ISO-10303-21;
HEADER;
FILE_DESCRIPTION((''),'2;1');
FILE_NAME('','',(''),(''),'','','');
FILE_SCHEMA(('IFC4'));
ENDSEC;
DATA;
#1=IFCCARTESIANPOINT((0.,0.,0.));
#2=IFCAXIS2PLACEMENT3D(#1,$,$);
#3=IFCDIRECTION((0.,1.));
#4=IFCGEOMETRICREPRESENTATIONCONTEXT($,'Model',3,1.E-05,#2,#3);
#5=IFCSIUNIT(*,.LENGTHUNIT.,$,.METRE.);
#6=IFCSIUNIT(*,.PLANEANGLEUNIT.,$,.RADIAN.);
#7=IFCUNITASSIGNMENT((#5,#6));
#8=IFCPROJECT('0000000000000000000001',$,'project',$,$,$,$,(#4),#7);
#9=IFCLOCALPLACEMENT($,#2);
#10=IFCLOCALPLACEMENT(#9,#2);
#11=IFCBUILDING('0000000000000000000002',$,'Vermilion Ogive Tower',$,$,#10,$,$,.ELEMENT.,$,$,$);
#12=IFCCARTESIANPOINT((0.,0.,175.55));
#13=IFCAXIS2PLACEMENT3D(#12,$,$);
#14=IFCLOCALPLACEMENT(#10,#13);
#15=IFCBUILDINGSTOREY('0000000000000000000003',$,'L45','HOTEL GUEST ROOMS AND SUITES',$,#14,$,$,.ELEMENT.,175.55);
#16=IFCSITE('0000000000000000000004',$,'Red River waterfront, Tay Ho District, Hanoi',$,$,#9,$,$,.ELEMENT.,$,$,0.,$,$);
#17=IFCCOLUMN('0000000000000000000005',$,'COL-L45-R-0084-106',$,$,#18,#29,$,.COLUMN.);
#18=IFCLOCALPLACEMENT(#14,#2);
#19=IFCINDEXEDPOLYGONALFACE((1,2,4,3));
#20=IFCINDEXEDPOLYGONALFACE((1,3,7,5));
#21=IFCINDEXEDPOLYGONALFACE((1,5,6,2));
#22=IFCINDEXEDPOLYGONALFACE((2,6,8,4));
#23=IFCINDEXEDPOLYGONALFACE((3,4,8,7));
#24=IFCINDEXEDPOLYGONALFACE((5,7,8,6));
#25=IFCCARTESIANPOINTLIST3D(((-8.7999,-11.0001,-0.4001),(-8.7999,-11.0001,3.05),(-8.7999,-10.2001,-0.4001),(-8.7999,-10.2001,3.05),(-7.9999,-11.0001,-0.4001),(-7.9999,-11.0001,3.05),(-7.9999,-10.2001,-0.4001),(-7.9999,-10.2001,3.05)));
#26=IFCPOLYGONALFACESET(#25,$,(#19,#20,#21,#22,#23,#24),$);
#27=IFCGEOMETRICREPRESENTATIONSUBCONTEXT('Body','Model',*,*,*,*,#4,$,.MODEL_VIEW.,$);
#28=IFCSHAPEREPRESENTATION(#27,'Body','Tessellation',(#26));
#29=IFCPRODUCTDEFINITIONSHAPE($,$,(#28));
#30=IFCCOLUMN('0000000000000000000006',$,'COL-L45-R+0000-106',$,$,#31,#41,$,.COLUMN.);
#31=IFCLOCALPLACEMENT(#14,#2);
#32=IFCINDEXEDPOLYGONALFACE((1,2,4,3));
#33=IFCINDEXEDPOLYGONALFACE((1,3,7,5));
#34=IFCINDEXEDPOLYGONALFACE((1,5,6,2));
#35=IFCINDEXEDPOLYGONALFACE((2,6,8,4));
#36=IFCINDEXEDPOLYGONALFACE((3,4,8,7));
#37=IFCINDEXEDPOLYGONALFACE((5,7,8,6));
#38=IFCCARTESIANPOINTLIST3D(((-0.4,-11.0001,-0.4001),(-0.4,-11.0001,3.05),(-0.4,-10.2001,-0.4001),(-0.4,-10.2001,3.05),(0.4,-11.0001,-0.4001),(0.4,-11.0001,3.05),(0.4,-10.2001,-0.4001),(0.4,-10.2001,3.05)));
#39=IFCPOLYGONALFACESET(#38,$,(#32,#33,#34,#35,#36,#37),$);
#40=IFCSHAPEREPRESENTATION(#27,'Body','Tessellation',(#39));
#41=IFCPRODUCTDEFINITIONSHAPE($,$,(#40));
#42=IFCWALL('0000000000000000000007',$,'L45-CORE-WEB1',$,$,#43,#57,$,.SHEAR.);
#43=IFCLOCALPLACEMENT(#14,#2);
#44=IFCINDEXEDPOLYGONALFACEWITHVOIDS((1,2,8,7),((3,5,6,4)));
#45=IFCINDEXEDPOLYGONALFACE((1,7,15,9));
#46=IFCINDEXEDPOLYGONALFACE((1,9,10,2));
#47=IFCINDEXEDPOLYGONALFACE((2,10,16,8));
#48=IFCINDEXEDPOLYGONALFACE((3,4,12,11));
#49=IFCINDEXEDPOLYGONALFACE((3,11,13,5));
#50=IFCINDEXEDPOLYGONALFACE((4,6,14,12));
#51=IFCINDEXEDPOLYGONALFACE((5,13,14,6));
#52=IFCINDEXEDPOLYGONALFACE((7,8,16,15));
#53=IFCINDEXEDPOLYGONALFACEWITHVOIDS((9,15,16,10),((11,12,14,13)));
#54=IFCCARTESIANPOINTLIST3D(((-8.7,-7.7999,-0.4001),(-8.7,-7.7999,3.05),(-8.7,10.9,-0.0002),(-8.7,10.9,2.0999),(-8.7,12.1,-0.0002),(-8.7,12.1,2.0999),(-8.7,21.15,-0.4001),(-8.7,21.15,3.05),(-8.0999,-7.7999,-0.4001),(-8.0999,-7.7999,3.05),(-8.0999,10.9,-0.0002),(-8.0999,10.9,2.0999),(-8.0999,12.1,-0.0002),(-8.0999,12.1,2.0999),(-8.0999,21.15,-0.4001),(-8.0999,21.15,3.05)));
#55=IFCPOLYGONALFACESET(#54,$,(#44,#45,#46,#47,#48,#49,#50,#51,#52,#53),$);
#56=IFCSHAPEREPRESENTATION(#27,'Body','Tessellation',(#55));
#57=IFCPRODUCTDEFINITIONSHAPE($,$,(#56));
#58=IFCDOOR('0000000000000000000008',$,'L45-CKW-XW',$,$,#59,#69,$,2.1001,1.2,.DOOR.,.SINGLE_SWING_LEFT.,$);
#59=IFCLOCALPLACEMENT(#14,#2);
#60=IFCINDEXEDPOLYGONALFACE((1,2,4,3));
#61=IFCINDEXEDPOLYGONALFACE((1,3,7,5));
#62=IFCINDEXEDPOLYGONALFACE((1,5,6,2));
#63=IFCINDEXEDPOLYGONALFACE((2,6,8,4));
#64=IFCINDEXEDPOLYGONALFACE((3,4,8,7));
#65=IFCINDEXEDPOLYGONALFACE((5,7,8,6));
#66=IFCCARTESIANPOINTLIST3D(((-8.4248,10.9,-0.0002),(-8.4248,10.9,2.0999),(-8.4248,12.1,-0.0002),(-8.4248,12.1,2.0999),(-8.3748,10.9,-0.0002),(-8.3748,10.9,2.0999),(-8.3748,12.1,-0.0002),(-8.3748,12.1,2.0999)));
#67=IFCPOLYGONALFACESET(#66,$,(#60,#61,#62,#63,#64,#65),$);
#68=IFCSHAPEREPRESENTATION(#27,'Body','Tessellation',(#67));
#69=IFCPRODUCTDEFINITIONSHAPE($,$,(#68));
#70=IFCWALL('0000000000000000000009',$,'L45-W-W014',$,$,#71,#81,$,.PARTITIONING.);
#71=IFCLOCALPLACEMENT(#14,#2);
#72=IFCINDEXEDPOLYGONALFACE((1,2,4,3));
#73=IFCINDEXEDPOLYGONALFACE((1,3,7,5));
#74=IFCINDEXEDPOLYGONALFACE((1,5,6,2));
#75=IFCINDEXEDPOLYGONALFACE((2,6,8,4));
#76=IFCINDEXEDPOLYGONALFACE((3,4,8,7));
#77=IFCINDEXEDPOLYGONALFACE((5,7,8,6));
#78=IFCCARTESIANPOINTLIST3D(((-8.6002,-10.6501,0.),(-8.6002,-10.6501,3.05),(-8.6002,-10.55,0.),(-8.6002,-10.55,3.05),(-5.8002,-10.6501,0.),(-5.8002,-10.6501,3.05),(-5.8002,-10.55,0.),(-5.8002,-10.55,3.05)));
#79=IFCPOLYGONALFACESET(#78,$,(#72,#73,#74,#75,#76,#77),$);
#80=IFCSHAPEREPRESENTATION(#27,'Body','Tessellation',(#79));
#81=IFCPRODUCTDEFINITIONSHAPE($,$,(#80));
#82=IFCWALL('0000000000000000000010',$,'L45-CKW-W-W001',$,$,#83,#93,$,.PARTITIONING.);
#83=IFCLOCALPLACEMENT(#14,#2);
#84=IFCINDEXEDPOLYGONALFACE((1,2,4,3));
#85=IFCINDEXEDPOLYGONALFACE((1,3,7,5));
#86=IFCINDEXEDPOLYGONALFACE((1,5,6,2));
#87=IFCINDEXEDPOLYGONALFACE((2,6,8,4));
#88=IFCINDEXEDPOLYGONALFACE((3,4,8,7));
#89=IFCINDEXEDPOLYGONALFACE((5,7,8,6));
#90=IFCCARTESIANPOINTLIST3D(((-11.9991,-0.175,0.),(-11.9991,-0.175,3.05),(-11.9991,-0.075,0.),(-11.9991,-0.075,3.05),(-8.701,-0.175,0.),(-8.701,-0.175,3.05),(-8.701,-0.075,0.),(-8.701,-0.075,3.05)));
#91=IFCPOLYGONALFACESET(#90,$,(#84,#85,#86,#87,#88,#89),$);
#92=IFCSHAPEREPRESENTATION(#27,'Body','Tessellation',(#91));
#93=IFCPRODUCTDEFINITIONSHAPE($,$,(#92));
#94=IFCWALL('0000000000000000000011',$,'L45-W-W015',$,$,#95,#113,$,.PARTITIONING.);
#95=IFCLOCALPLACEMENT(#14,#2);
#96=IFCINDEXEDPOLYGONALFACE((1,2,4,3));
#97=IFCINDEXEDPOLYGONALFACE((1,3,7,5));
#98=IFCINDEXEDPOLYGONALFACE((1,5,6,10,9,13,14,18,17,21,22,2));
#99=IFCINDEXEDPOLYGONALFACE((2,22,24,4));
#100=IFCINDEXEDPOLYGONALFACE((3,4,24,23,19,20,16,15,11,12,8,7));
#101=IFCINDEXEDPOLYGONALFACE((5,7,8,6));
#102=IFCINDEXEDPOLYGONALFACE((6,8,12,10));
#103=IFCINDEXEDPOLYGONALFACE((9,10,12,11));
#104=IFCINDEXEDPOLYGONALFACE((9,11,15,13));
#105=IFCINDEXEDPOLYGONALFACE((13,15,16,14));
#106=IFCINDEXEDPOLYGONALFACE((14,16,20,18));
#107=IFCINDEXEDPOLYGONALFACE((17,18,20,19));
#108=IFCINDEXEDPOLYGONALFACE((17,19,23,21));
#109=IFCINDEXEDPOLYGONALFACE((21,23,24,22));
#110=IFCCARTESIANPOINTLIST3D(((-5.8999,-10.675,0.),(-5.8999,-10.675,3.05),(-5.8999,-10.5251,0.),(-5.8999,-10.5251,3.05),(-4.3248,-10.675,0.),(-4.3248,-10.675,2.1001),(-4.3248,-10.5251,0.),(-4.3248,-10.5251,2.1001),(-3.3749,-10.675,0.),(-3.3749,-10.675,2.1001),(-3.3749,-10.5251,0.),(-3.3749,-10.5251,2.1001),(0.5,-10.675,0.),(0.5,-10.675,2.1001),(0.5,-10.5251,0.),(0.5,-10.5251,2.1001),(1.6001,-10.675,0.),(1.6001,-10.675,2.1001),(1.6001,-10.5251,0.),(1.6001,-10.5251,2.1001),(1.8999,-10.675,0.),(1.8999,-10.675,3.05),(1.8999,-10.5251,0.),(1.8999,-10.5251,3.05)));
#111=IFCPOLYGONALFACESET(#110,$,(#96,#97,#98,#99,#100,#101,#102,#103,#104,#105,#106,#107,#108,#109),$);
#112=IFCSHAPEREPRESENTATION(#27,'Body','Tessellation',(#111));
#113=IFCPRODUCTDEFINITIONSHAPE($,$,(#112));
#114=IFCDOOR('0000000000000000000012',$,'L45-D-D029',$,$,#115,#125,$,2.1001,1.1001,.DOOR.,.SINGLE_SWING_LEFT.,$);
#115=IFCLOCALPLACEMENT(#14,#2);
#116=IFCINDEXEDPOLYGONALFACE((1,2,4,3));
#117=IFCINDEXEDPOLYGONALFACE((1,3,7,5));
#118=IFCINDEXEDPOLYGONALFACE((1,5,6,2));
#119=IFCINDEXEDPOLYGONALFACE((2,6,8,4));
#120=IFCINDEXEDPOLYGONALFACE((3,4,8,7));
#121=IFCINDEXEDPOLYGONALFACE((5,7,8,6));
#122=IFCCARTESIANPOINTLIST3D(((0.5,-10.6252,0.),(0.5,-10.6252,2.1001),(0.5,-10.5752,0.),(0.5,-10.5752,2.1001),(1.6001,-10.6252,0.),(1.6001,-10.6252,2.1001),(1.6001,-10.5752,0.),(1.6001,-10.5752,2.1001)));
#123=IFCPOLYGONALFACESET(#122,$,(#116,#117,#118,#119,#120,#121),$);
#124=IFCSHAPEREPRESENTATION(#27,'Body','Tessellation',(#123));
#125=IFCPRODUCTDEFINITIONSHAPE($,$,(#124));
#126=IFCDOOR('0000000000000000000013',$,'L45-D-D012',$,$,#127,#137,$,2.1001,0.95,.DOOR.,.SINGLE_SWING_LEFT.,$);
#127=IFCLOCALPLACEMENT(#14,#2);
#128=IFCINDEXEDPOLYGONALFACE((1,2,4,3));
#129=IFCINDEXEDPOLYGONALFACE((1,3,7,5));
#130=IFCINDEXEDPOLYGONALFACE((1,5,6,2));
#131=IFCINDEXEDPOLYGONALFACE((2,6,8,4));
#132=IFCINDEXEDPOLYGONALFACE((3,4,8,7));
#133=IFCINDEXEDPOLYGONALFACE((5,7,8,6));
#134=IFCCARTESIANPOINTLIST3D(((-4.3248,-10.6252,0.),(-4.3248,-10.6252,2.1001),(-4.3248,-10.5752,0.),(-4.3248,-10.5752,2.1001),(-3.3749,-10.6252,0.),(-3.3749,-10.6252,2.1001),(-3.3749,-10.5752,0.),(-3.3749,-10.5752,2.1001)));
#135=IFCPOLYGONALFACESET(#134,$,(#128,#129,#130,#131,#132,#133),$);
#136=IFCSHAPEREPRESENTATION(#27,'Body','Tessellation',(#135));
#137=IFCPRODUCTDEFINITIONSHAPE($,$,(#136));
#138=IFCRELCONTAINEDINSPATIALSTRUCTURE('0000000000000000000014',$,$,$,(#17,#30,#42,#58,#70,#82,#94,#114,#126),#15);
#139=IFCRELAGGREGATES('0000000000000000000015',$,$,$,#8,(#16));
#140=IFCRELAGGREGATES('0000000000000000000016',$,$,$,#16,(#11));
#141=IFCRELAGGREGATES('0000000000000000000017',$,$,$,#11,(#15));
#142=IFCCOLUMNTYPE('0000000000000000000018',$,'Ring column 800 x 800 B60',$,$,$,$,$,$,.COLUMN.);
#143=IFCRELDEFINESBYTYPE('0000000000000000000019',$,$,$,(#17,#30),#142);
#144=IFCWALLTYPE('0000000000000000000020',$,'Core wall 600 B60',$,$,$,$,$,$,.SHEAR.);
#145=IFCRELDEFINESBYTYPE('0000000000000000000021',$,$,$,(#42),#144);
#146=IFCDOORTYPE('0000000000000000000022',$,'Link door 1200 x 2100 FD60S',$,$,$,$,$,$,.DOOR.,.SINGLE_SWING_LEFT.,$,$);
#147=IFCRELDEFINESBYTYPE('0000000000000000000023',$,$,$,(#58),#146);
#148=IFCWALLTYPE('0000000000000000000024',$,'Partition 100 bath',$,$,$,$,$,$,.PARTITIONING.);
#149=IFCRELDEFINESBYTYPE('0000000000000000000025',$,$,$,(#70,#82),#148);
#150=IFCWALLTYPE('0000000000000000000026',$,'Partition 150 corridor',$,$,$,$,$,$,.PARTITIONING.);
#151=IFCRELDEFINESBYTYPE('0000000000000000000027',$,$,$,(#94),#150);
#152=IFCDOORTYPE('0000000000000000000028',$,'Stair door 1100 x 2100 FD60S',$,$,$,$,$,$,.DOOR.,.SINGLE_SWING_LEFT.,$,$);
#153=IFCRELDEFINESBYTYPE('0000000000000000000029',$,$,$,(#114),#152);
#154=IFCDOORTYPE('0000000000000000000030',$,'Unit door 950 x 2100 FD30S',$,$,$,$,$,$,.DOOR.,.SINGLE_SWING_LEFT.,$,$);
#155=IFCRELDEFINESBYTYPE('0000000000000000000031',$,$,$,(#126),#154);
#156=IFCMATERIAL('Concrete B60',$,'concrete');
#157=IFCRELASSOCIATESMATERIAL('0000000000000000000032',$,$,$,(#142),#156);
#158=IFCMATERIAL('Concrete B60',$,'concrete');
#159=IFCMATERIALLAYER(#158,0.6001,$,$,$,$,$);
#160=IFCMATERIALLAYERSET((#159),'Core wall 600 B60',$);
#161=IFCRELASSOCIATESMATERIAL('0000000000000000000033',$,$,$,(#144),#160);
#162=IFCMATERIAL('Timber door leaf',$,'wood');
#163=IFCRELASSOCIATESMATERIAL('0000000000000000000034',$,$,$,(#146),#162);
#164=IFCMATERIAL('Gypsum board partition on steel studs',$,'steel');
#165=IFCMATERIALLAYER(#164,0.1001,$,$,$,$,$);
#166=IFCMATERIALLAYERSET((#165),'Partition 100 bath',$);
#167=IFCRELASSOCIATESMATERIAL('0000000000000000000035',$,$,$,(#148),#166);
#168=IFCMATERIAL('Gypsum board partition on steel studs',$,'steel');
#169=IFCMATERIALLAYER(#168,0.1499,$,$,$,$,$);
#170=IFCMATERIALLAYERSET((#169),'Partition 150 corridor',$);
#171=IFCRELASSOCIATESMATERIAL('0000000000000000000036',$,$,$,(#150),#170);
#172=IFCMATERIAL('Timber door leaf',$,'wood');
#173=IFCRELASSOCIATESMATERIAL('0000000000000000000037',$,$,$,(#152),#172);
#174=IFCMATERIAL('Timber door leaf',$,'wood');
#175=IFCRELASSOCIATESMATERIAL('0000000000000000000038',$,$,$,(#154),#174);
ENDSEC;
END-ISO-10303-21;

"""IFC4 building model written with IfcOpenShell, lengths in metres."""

from ifc_helpers import new_model, si_unit, direction, frame, frame_2d, origin, origin_2d, place, context, subcontext, project, spatial, rectangle, extrude, material, layer, layer_set, material_profile, profile_set, type_object, element, fill, save


model = new_model("IFC4")

# Units and contexts
model_context = context("Model", 3, precision=1e-05, world=origin(), true_north=direction((0.0, 1.0)))
body_context = subcontext(model_context, "Body", "Model", "MODEL_VIEW")
ifc_project = project(units=[si_unit("LENGTHUNIT", "METRE"), si_unit("PLANEANGLEUNIT", "RADIAN")], contexts=[model_context])

# Site, building, storey
site_placement = place(None, origin())
site = spatial("IfcSite", under=ifc_project, at=site_placement, Name="Red River waterfront, Tay Ho District, Hanoi", CompositionType="ELEMENT", RefElevation=0.0)
building_placement = place(site_placement, origin())
building = spatial("IfcBuilding", under=site, at=building_placement, Name="Vermilion Ogive Tower", CompositionType="ELEMENT")
storey_placement = place(building_placement, frame((0.0, 0.0, 175.55)))
storey = spatial("IfcBuildingStorey", under=building, at=storey_placement, Name="L45", Description="HOTEL GUEST ROOMS AND SUITES", CompositionType="ELEMENT", Elevation=175.55)

# Columns
ifc_material_1 = material(Name="Concrete B60", Category="concrete")
ifc_material_profile = material_profile(ifc_material_1, rectangle(XDim=0.8, YDim=0.8, at=origin_2d()), Name="800 x 800")
ifc_profile_set = profile_set([ifc_material_profile], Name="Concrete B60")
column_type = type_object("IfcColumnType", Name="Ring column 800 x 800 B60", PredefinedType="COLUMN", material=ifc_profile_set)
for number, where, z_axis, x_axis, name in (
    (1, (-8.3999, -10.6001, -0.4001), (0.0, 0.0, 1.0), (1.0, 0.0, 0.0), "COL-L45-R-0084-106"),
    (2, (0.0, -10.6001, -0.4001), (0.0, 0.0, 1.0), (1.0, 0.0, 0.0), "COL-L45-R+0000-106"),
):
    element("IfcColumn", number, at=place(storey_placement, frame(where, z_axis=z_axis, x_axis=x_axis)), inside=storey, type_object=column_type, Name=name, PredefinedType="COLUMN", context=body_context, shape_type="SweptSolid", body=[
        extrude(rectangle(XDim=0.8, YDim=0.8, at=origin_2d()), origin(), (0.0, 0.0, 1.0), 3.4502),
    ])

# Wall, opening, door
ifc_material_2 = material(Name="Concrete B60", Category="concrete")
ifc_layer_1 = layer(ifc_material_2, 0.6001)
ifc_layer_set_1 = layer_set([ifc_layer_1], Name="Core wall 600 B60")
wall_type_1 = type_object("IfcWallType", Name="Core wall 600 B60", PredefinedType="SHEAR", material=ifc_layer_set_1)
wall_1_placement = place(storey_placement, frame((-8.3999, -7.8, -0.4001), z_axis=(0.0, 0.0, 1.0), x_axis=(0.0, 1.0, 0.0)))
wall_1 = element("IfcWall", 3, at=wall_1_placement, inside=storey, type_object=wall_type_1, Name="L45-CORE-WEB1", PredefinedType="SHEAR", context=body_context, shape_type="SweptSolid", body=[
    extrude(rectangle(XDim=28.95, YDim=0.6001, at=frame_2d((14.4751, 0.0))), origin(), (0.0, 0.0, 1.0), 3.4502),
])
opening_1_placement = place(wall_1_placement, frame((18.7, 0.0, 0.3999)))
opening_1 = element("IfcOpeningElement", 4, at=opening_1_placement, cuts=wall_1, PredefinedType="OPENING", context=body_context, shape_type="SweptSolid", body=[
    extrude(rectangle(XDim=1.2, YDim=2.1001, at=frame_2d((0.6001, 1.05))), frame((0.0, 0.3101, 0.0), z_axis=(0.0, -1.0, 0.0), x_axis=(1.0, 0.0, 0.0)), (0.0, 0.0, 1.0), 0.6201),
])
ifc_material_3 = material(Name="Timber door leaf", Category="wood")
door_type_1 = type_object("IfcDoorType", Name="Link door 1200 x 2100 FD60S", OperationType="SINGLE_SWING_LEFT", PredefinedType="DOOR", material=ifc_material_3)
door_1_placement = place(opening_1_placement, origin())
door_1 = element("IfcDoor", 5, at=door_1_placement, inside=storey, type_object=door_type_1, Name="L45-CKW-XW", OperationType="SINGLE_SWING_LEFT", OverallHeight=2.1001, OverallWidth=1.2, PredefinedType="DOOR", context=body_context, shape_type="SweptSolid", body=[
    extrude(rectangle(XDim=1.2, YDim=2.1001, at=frame_2d((0.6001, 1.05))), frame((0.0, 0.0249, 0.0), z_axis=(0.0, -1.0, 0.0), x_axis=(1.0, 0.0, 0.0)), (0.0, 0.0, 1.0), 0.05),
])
fill(opening_1, door_1)

# Walls
ifc_material_4 = material(Name="Gypsum board partition on steel studs", Category="steel")
ifc_layer_2 = layer(ifc_material_4, 0.1001)
ifc_layer_set_2 = layer_set([ifc_layer_2], Name="Partition 100 bath")
wall_type_2 = type_object("IfcWallType", Name="Partition 100 bath", PredefinedType="PARTITIONING", material=ifc_layer_set_2)
wall_2_placement = place(storey_placement, frame((-8.6001, -10.6001, 0.0), z_axis=(0.0, 0.0, 1.0), x_axis=(1.0, 0.0, 0.0)))
element("IfcWall", 6, at=wall_2_placement, inside=storey, type_object=wall_type_2, Name="L45-W-W014", PredefinedType="PARTITIONING", context=body_context, shape_type="SweptSolid", body=[
    extrude(rectangle(XDim=2.8, YDim=0.1001, at=frame_2d((1.3999, 0.0))), origin(), (0.0, 0.0, 1.0), 3.05),
])
wall_3_placement = place(storey_placement, frame((-11.999, -0.125, 0.0), z_axis=(0.0, 0.0, 1.0), x_axis=(1.0, 0.0, 0.0)))
element("IfcWall", 7, at=wall_3_placement, inside=storey, type_object=wall_type_2, Name="L45-CKW-W-W001", PredefinedType="PARTITIONING", context=body_context, shape_type="SweptSolid", body=[
    extrude(rectangle(XDim=3.2981, YDim=0.1001, at=frame_2d((1.6489, 0.0))), origin(), (0.0, 0.0, 1.0), 3.05),
])

# Wall, openings, doors
ifc_material_5 = material(Name="Gypsum board partition on steel studs", Category="steel")
ifc_layer_3 = layer(ifc_material_5, 0.1499)
ifc_layer_set_3 = layer_set([ifc_layer_3], Name="Partition 150 corridor")
wall_type_3 = type_object("IfcWallType", Name="Partition 150 corridor", PredefinedType="PARTITIONING", material=ifc_layer_set_3)
wall_4_placement = place(storey_placement, frame((-5.8999, -10.6001, 0.0), z_axis=(0.0, 0.0, 1.0), x_axis=(1.0, 0.0, 0.0)))
wall_4 = element("IfcWall", 8, at=wall_4_placement, inside=storey, type_object=wall_type_3, Name="L45-W-W015", PredefinedType="PARTITIONING", context=body_context, shape_type="SweptSolid", body=[
    extrude(rectangle(XDim=7.7998, YDim=0.1499, at=frame_2d((3.8999, 0.0))), origin(), (0.0, 0.0, 1.0), 3.05),
])
opening_2_placement = place(wall_4_placement, frame((1.575, 0.0, 0.0)))
opening_2 = element("IfcOpeningElement", 9, at=opening_2_placement, cuts=wall_4, PredefinedType="OPENING", context=body_context, shape_type="SweptSolid", body=[
    extrude(rectangle(XDim=0.95, YDim=2.1001, at=frame_2d((0.4751, 1.05))), frame((0.0, 0.085, 0.0), z_axis=(0.0, -1.0, 0.0), x_axis=(1.0, 0.0, 0.0)), (0.0, 0.0, 1.0), 0.1699),
])
opening_3_placement = place(wall_4_placement, frame((6.3999, 0.0, 0.0)))
opening_3 = element("IfcOpeningElement", 10, at=opening_3_placement, cuts=wall_4, PredefinedType="OPENING", context=body_context, shape_type="SweptSolid", body=[
    extrude(rectangle(XDim=1.1001, YDim=2.1001, at=frame_2d((0.55, 1.05))), frame((0.0, 0.085, 0.0), z_axis=(0.0, -1.0, 0.0), x_axis=(1.0, 0.0, 0.0)), (0.0, 0.0, 1.0), 0.1699),
])
ifc_material_6 = material(Name="Timber door leaf", Category="wood")
door_type_2 = type_object("IfcDoorType", Name="Stair door 1100 x 2100 FD60S", OperationType="SINGLE_SWING_LEFT", PredefinedType="DOOR", material=ifc_material_6)
door_2_placement = place(opening_3_placement, origin())
door_2 = element("IfcDoor", 11, at=door_2_placement, inside=storey, type_object=door_type_2, Name="L45-D-D029", OperationType="SINGLE_SWING_LEFT", OverallHeight=2.1001, OverallWidth=1.1001, PredefinedType="DOOR", context=body_context, shape_type="SweptSolid", body=[
    extrude(rectangle(XDim=1.1001, YDim=2.1001, at=frame_2d((0.55, 1.05))), frame((0.0, 0.0249, 0.0), z_axis=(0.0, -1.0, 0.0), x_axis=(1.0, 0.0, 0.0)), (0.0, 0.0, 1.0), 0.05),
])
fill(opening_3, door_2)
ifc_material_7 = material(Name="Timber door leaf", Category="wood")
door_type_3 = type_object("IfcDoorType", Name="Unit door 950 x 2100 FD30S", OperationType="SINGLE_SWING_LEFT", PredefinedType="DOOR", material=ifc_material_7)
door_3_placement = place(opening_2_placement, origin())
door_3 = element("IfcDoor", 12, at=door_3_placement, inside=storey, type_object=door_type_3, Name="L45-D-D012", OperationType="SINGLE_SWING_LEFT", OverallHeight=2.1001, OverallWidth=0.95, PredefinedType="DOOR", context=body_context, shape_type="SweptSolid", body=[
    extrude(rectangle(XDim=0.95, YDim=2.1001, at=frame_2d((0.4751, 1.05))), frame((0.0, 0.0249, 0.0), z_axis=(0.0, -1.0, 0.0), x_axis=(1.0, 0.0, 0.0)), (0.0, 0.0, 1.0), 0.05),
])
fill(opening_2, door_3)

save(model, "model.ifc")
